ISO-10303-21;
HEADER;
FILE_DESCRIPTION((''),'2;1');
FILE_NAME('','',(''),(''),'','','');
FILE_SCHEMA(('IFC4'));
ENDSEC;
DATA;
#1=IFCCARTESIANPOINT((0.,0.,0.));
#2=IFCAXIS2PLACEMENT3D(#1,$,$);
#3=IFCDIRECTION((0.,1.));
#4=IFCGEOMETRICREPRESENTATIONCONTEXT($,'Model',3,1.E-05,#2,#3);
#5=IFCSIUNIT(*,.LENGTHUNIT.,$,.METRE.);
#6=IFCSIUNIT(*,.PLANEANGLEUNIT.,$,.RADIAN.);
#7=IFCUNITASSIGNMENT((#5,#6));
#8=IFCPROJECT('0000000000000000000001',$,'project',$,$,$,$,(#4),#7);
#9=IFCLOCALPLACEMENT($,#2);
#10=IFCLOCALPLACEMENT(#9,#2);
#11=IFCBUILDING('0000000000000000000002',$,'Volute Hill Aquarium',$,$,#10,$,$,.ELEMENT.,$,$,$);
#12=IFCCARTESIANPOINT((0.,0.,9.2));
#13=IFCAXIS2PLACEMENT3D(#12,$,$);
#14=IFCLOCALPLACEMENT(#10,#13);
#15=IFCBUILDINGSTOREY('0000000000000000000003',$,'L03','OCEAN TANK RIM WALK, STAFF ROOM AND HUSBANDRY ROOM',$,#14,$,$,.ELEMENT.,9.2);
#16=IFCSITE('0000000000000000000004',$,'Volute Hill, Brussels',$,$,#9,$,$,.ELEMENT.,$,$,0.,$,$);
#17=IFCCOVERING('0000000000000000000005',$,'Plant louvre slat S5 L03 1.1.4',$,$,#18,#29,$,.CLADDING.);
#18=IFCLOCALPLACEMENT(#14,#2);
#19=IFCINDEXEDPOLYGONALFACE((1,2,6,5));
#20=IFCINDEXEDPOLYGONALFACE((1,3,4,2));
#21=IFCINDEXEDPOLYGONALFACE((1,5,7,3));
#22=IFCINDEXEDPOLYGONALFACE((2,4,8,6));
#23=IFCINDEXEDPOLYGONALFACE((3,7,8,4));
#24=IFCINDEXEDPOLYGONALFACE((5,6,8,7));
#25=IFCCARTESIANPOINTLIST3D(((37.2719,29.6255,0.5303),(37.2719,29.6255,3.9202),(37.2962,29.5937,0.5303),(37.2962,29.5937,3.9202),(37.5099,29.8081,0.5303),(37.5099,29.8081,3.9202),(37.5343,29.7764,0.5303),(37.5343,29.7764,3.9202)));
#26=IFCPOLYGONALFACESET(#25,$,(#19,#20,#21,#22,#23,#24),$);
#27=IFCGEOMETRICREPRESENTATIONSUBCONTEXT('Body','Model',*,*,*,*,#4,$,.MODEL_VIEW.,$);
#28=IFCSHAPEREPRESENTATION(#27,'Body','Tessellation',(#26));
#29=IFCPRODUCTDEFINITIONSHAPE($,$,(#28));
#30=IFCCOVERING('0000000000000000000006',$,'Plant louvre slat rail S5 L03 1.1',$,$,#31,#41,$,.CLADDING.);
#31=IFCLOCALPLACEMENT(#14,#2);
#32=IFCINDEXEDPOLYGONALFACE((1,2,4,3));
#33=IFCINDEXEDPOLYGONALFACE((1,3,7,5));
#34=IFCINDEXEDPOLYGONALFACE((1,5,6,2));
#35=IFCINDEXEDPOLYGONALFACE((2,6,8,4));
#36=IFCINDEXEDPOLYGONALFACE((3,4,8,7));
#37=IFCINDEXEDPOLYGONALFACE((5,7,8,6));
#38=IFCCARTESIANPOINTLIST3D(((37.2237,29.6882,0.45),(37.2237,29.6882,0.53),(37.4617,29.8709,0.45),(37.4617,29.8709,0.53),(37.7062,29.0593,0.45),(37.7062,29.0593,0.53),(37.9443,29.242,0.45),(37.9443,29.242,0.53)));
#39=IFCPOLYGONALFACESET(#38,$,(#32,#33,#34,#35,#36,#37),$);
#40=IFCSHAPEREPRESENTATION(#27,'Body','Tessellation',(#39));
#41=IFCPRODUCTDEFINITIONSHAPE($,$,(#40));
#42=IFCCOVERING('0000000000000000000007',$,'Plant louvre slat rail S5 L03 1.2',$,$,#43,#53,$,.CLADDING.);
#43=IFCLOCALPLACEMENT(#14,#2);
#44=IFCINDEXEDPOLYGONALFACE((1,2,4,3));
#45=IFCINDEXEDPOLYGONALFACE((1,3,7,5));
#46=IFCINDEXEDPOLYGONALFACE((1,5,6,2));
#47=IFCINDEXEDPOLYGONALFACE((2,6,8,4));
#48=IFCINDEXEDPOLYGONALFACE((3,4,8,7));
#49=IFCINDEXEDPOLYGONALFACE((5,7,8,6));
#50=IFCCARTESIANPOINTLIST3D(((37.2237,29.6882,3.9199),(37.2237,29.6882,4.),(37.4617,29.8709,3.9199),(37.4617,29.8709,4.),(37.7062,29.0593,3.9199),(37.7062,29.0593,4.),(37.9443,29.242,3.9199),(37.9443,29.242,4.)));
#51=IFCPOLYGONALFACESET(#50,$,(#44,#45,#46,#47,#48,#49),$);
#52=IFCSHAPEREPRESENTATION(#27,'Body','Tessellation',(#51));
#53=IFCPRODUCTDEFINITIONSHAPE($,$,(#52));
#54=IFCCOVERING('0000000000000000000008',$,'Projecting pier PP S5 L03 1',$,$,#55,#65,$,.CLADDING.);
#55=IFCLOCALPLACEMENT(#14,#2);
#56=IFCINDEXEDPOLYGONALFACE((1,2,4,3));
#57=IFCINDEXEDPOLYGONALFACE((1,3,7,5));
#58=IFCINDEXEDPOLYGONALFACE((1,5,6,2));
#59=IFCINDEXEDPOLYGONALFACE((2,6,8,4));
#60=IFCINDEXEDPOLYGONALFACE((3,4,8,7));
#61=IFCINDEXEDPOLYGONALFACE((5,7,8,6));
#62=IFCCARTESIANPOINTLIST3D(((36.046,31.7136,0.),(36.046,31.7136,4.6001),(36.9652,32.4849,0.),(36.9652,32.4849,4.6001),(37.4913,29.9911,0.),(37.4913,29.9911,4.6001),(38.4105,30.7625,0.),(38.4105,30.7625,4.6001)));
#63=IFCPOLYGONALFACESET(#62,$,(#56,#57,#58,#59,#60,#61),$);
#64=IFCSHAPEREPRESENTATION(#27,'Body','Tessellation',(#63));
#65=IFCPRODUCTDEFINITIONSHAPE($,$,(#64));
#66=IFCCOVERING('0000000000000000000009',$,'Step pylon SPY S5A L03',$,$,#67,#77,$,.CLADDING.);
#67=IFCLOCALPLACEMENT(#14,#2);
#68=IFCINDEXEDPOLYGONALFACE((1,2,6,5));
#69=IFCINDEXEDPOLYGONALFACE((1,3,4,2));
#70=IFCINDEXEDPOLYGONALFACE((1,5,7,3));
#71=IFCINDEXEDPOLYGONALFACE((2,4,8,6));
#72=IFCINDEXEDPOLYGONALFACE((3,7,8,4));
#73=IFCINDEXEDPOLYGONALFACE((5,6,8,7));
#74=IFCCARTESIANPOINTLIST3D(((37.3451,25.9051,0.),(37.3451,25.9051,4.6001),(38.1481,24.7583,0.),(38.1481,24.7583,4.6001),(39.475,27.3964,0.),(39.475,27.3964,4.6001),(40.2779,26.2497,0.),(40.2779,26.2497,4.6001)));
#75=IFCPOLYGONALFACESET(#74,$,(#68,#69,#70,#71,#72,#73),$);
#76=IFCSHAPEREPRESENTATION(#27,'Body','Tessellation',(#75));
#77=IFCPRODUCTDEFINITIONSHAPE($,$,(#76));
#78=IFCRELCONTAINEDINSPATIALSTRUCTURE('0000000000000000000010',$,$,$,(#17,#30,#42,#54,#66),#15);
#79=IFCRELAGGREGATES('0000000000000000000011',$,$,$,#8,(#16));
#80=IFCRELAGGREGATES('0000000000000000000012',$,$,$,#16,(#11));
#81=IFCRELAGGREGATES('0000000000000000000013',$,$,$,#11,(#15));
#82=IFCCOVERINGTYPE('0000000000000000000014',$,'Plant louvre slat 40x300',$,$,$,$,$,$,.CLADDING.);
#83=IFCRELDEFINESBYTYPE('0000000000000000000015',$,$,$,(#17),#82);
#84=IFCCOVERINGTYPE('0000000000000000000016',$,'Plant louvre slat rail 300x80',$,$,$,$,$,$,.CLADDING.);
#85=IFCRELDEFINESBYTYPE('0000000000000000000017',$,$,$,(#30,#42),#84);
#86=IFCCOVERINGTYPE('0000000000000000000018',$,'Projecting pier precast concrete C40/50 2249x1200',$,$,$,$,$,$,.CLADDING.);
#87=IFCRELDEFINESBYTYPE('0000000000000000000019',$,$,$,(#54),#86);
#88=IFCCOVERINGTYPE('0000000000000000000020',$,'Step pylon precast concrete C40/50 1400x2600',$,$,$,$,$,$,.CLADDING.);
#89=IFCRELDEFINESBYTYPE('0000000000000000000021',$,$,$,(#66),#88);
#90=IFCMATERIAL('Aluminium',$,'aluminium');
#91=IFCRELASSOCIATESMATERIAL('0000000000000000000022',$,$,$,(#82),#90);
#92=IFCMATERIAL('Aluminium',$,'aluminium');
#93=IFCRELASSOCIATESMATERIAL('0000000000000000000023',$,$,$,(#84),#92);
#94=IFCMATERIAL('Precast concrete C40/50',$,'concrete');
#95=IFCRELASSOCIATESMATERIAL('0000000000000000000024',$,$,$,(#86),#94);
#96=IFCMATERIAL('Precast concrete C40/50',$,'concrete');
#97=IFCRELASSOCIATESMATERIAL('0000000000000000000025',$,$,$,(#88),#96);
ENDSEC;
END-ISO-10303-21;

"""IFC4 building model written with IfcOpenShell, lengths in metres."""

from ifc_helpers import new_model, si_unit, direction, frame, origin, origin_2d, place, context, subcontext, project, spatial, rectangle, extrude, material, type_object, element, save


model = new_model("IFC4")

# Units and contexts
model_context = context("Model", 3, precision=1e-05, world=origin(), true_north=direction((0.0, 1.0)))
body_context = subcontext(model_context, "Body", "Model", "MODEL_VIEW")
ifc_project = project(units=[si_unit("LENGTHUNIT", "METRE"), si_unit("PLANEANGLEUNIT", "RADIAN")], contexts=[model_context])

# Site, building, storey
site_placement = place(None, origin())
site = spatial("IfcSite", under=ifc_project, at=site_placement, Name="Volute Hill, Brussels", CompositionType="ELEMENT", RefElevation=0.0)
building_placement = place(site_placement, origin())
building = spatial("IfcBuilding", under=site, at=building_placement, Name="Volute Hill Aquarium", CompositionType="ELEMENT")
storey_placement = place(building_placement, frame((0.0, 0.0, 9.2)))
storey = spatial("IfcBuildingStorey", under=building, at=storey_placement, Name="L03", Description="OCEAN TANK RIM WALK, STAFF ROOM AND HUSBANDRY ROOM", CompositionType="ELEMENT", Elevation=9.2)

# Coverings
ifc_material_1 = material(Name="Aluminium", Category="aluminium")
covering_type_1 = type_object("IfcCoveringType", Name="Plant louvre slat 40x300", PredefinedType="CLADDING", material=ifc_material_1)
for number, where, z_axis, x_axis, name in (
    (1, (37.4031, 29.7009, 0.5303), (0.0, 0.0, 1.0), (-0.608753, 0.79336, 0.0), "Plant louvre slat S5 L03 1.1.4"),
):
    element("IfcCovering", number, at=place(storey_placement, frame(where, z_axis=z_axis, x_axis=x_axis)), inside=storey, type_object=covering_type_1, Name=name, PredefinedType="CLADDING", context=body_context, shape_type="SweptSolid", body=[
        extrude(rectangle(XDim=0.04, YDim=0.3, at=origin_2d()), origin(), (0.0, 0.0, 1.0), 3.3899),
    ])
ifc_material_2 = material(Name="Aluminium", Category="aluminium")
covering_type_2 = type_object("IfcCoveringType", Name="Plant louvre slat rail 300x80", PredefinedType="CLADDING", material=ifc_material_2)
for number, where, z_axis, x_axis, name in (
    (2, (37.584, 29.4651, 0.45), (0.0, 0.0, 1.0), (-0.608753, 0.79336, 0.0), "Plant louvre slat rail S5 L03 1.1"),
    (3, (37.584, 29.4651, 3.9199), (0.0, 0.0, 1.0), (-0.608753, 0.79336, 0.0), "Plant louvre slat rail S5 L03 1.2"),
):
    element("IfcCovering", number, at=place(storey_placement, frame(where, z_axis=z_axis, x_axis=x_axis)), inside=storey, type_object=covering_type_2, Name=name, PredefinedType="CLADDING", context=body_context, shape_type="SweptSolid", body=[
        extrude(rectangle(XDim=0.7927, YDim=0.3, at=origin_2d()), origin(), (0.0, 0.0, 1.0), 0.0801),
    ])
ifc_material_3 = material(Name="Precast concrete C40/50", Category="concrete")
covering_type_3 = type_object("IfcCoveringType", Name="Projecting pier precast concrete C40/50 2249x1200", PredefinedType="CLADDING", material=ifc_material_3)
covering_1_placement = place(storey_placement, frame((37.2283, 31.238, 0.0), z_axis=(0.0, 0.0, 1.0), x_axis=(-0.642788, 0.766044, 0.0)))
element("IfcCovering", 4, at=covering_1_placement, inside=storey, type_object=covering_type_3, Name="Projecting pier PP S5 L03 1", PredefinedType="CLADDING", context=body_context, shape_type="SweptSolid", body=[
    extrude(rectangle(XDim=2.2485, YDim=1.2, at=origin_2d()), origin(), (0.0, 0.0, 1.0), 4.6001),
])
ifc_material_4 = material(Name="Precast concrete C40/50", Category="concrete")
covering_type_4 = type_object("IfcCoveringType", Name="Step pylon precast concrete C40/50 1400x2600", PredefinedType="CLADDING", material=ifc_material_4)
covering_2_placement = place(storey_placement, frame((38.8115, 26.0774, 0.0), z_axis=(0.0, 0.0, 1.0), x_axis=(0.819152, 0.573576, 0.0)))
element("IfcCovering", 5, at=covering_2_placement, inside=storey, type_object=covering_type_4, Name="Step pylon SPY S5A L03", PredefinedType="CLADDING", context=body_context, shape_type="SweptSolid", body=[
    extrude(rectangle(XDim=2.6001, YDim=1.3999, at=origin_2d()), origin(), (0.0, 0.0, 1.0), 4.6001),
])

save(model, "model.ifc")
